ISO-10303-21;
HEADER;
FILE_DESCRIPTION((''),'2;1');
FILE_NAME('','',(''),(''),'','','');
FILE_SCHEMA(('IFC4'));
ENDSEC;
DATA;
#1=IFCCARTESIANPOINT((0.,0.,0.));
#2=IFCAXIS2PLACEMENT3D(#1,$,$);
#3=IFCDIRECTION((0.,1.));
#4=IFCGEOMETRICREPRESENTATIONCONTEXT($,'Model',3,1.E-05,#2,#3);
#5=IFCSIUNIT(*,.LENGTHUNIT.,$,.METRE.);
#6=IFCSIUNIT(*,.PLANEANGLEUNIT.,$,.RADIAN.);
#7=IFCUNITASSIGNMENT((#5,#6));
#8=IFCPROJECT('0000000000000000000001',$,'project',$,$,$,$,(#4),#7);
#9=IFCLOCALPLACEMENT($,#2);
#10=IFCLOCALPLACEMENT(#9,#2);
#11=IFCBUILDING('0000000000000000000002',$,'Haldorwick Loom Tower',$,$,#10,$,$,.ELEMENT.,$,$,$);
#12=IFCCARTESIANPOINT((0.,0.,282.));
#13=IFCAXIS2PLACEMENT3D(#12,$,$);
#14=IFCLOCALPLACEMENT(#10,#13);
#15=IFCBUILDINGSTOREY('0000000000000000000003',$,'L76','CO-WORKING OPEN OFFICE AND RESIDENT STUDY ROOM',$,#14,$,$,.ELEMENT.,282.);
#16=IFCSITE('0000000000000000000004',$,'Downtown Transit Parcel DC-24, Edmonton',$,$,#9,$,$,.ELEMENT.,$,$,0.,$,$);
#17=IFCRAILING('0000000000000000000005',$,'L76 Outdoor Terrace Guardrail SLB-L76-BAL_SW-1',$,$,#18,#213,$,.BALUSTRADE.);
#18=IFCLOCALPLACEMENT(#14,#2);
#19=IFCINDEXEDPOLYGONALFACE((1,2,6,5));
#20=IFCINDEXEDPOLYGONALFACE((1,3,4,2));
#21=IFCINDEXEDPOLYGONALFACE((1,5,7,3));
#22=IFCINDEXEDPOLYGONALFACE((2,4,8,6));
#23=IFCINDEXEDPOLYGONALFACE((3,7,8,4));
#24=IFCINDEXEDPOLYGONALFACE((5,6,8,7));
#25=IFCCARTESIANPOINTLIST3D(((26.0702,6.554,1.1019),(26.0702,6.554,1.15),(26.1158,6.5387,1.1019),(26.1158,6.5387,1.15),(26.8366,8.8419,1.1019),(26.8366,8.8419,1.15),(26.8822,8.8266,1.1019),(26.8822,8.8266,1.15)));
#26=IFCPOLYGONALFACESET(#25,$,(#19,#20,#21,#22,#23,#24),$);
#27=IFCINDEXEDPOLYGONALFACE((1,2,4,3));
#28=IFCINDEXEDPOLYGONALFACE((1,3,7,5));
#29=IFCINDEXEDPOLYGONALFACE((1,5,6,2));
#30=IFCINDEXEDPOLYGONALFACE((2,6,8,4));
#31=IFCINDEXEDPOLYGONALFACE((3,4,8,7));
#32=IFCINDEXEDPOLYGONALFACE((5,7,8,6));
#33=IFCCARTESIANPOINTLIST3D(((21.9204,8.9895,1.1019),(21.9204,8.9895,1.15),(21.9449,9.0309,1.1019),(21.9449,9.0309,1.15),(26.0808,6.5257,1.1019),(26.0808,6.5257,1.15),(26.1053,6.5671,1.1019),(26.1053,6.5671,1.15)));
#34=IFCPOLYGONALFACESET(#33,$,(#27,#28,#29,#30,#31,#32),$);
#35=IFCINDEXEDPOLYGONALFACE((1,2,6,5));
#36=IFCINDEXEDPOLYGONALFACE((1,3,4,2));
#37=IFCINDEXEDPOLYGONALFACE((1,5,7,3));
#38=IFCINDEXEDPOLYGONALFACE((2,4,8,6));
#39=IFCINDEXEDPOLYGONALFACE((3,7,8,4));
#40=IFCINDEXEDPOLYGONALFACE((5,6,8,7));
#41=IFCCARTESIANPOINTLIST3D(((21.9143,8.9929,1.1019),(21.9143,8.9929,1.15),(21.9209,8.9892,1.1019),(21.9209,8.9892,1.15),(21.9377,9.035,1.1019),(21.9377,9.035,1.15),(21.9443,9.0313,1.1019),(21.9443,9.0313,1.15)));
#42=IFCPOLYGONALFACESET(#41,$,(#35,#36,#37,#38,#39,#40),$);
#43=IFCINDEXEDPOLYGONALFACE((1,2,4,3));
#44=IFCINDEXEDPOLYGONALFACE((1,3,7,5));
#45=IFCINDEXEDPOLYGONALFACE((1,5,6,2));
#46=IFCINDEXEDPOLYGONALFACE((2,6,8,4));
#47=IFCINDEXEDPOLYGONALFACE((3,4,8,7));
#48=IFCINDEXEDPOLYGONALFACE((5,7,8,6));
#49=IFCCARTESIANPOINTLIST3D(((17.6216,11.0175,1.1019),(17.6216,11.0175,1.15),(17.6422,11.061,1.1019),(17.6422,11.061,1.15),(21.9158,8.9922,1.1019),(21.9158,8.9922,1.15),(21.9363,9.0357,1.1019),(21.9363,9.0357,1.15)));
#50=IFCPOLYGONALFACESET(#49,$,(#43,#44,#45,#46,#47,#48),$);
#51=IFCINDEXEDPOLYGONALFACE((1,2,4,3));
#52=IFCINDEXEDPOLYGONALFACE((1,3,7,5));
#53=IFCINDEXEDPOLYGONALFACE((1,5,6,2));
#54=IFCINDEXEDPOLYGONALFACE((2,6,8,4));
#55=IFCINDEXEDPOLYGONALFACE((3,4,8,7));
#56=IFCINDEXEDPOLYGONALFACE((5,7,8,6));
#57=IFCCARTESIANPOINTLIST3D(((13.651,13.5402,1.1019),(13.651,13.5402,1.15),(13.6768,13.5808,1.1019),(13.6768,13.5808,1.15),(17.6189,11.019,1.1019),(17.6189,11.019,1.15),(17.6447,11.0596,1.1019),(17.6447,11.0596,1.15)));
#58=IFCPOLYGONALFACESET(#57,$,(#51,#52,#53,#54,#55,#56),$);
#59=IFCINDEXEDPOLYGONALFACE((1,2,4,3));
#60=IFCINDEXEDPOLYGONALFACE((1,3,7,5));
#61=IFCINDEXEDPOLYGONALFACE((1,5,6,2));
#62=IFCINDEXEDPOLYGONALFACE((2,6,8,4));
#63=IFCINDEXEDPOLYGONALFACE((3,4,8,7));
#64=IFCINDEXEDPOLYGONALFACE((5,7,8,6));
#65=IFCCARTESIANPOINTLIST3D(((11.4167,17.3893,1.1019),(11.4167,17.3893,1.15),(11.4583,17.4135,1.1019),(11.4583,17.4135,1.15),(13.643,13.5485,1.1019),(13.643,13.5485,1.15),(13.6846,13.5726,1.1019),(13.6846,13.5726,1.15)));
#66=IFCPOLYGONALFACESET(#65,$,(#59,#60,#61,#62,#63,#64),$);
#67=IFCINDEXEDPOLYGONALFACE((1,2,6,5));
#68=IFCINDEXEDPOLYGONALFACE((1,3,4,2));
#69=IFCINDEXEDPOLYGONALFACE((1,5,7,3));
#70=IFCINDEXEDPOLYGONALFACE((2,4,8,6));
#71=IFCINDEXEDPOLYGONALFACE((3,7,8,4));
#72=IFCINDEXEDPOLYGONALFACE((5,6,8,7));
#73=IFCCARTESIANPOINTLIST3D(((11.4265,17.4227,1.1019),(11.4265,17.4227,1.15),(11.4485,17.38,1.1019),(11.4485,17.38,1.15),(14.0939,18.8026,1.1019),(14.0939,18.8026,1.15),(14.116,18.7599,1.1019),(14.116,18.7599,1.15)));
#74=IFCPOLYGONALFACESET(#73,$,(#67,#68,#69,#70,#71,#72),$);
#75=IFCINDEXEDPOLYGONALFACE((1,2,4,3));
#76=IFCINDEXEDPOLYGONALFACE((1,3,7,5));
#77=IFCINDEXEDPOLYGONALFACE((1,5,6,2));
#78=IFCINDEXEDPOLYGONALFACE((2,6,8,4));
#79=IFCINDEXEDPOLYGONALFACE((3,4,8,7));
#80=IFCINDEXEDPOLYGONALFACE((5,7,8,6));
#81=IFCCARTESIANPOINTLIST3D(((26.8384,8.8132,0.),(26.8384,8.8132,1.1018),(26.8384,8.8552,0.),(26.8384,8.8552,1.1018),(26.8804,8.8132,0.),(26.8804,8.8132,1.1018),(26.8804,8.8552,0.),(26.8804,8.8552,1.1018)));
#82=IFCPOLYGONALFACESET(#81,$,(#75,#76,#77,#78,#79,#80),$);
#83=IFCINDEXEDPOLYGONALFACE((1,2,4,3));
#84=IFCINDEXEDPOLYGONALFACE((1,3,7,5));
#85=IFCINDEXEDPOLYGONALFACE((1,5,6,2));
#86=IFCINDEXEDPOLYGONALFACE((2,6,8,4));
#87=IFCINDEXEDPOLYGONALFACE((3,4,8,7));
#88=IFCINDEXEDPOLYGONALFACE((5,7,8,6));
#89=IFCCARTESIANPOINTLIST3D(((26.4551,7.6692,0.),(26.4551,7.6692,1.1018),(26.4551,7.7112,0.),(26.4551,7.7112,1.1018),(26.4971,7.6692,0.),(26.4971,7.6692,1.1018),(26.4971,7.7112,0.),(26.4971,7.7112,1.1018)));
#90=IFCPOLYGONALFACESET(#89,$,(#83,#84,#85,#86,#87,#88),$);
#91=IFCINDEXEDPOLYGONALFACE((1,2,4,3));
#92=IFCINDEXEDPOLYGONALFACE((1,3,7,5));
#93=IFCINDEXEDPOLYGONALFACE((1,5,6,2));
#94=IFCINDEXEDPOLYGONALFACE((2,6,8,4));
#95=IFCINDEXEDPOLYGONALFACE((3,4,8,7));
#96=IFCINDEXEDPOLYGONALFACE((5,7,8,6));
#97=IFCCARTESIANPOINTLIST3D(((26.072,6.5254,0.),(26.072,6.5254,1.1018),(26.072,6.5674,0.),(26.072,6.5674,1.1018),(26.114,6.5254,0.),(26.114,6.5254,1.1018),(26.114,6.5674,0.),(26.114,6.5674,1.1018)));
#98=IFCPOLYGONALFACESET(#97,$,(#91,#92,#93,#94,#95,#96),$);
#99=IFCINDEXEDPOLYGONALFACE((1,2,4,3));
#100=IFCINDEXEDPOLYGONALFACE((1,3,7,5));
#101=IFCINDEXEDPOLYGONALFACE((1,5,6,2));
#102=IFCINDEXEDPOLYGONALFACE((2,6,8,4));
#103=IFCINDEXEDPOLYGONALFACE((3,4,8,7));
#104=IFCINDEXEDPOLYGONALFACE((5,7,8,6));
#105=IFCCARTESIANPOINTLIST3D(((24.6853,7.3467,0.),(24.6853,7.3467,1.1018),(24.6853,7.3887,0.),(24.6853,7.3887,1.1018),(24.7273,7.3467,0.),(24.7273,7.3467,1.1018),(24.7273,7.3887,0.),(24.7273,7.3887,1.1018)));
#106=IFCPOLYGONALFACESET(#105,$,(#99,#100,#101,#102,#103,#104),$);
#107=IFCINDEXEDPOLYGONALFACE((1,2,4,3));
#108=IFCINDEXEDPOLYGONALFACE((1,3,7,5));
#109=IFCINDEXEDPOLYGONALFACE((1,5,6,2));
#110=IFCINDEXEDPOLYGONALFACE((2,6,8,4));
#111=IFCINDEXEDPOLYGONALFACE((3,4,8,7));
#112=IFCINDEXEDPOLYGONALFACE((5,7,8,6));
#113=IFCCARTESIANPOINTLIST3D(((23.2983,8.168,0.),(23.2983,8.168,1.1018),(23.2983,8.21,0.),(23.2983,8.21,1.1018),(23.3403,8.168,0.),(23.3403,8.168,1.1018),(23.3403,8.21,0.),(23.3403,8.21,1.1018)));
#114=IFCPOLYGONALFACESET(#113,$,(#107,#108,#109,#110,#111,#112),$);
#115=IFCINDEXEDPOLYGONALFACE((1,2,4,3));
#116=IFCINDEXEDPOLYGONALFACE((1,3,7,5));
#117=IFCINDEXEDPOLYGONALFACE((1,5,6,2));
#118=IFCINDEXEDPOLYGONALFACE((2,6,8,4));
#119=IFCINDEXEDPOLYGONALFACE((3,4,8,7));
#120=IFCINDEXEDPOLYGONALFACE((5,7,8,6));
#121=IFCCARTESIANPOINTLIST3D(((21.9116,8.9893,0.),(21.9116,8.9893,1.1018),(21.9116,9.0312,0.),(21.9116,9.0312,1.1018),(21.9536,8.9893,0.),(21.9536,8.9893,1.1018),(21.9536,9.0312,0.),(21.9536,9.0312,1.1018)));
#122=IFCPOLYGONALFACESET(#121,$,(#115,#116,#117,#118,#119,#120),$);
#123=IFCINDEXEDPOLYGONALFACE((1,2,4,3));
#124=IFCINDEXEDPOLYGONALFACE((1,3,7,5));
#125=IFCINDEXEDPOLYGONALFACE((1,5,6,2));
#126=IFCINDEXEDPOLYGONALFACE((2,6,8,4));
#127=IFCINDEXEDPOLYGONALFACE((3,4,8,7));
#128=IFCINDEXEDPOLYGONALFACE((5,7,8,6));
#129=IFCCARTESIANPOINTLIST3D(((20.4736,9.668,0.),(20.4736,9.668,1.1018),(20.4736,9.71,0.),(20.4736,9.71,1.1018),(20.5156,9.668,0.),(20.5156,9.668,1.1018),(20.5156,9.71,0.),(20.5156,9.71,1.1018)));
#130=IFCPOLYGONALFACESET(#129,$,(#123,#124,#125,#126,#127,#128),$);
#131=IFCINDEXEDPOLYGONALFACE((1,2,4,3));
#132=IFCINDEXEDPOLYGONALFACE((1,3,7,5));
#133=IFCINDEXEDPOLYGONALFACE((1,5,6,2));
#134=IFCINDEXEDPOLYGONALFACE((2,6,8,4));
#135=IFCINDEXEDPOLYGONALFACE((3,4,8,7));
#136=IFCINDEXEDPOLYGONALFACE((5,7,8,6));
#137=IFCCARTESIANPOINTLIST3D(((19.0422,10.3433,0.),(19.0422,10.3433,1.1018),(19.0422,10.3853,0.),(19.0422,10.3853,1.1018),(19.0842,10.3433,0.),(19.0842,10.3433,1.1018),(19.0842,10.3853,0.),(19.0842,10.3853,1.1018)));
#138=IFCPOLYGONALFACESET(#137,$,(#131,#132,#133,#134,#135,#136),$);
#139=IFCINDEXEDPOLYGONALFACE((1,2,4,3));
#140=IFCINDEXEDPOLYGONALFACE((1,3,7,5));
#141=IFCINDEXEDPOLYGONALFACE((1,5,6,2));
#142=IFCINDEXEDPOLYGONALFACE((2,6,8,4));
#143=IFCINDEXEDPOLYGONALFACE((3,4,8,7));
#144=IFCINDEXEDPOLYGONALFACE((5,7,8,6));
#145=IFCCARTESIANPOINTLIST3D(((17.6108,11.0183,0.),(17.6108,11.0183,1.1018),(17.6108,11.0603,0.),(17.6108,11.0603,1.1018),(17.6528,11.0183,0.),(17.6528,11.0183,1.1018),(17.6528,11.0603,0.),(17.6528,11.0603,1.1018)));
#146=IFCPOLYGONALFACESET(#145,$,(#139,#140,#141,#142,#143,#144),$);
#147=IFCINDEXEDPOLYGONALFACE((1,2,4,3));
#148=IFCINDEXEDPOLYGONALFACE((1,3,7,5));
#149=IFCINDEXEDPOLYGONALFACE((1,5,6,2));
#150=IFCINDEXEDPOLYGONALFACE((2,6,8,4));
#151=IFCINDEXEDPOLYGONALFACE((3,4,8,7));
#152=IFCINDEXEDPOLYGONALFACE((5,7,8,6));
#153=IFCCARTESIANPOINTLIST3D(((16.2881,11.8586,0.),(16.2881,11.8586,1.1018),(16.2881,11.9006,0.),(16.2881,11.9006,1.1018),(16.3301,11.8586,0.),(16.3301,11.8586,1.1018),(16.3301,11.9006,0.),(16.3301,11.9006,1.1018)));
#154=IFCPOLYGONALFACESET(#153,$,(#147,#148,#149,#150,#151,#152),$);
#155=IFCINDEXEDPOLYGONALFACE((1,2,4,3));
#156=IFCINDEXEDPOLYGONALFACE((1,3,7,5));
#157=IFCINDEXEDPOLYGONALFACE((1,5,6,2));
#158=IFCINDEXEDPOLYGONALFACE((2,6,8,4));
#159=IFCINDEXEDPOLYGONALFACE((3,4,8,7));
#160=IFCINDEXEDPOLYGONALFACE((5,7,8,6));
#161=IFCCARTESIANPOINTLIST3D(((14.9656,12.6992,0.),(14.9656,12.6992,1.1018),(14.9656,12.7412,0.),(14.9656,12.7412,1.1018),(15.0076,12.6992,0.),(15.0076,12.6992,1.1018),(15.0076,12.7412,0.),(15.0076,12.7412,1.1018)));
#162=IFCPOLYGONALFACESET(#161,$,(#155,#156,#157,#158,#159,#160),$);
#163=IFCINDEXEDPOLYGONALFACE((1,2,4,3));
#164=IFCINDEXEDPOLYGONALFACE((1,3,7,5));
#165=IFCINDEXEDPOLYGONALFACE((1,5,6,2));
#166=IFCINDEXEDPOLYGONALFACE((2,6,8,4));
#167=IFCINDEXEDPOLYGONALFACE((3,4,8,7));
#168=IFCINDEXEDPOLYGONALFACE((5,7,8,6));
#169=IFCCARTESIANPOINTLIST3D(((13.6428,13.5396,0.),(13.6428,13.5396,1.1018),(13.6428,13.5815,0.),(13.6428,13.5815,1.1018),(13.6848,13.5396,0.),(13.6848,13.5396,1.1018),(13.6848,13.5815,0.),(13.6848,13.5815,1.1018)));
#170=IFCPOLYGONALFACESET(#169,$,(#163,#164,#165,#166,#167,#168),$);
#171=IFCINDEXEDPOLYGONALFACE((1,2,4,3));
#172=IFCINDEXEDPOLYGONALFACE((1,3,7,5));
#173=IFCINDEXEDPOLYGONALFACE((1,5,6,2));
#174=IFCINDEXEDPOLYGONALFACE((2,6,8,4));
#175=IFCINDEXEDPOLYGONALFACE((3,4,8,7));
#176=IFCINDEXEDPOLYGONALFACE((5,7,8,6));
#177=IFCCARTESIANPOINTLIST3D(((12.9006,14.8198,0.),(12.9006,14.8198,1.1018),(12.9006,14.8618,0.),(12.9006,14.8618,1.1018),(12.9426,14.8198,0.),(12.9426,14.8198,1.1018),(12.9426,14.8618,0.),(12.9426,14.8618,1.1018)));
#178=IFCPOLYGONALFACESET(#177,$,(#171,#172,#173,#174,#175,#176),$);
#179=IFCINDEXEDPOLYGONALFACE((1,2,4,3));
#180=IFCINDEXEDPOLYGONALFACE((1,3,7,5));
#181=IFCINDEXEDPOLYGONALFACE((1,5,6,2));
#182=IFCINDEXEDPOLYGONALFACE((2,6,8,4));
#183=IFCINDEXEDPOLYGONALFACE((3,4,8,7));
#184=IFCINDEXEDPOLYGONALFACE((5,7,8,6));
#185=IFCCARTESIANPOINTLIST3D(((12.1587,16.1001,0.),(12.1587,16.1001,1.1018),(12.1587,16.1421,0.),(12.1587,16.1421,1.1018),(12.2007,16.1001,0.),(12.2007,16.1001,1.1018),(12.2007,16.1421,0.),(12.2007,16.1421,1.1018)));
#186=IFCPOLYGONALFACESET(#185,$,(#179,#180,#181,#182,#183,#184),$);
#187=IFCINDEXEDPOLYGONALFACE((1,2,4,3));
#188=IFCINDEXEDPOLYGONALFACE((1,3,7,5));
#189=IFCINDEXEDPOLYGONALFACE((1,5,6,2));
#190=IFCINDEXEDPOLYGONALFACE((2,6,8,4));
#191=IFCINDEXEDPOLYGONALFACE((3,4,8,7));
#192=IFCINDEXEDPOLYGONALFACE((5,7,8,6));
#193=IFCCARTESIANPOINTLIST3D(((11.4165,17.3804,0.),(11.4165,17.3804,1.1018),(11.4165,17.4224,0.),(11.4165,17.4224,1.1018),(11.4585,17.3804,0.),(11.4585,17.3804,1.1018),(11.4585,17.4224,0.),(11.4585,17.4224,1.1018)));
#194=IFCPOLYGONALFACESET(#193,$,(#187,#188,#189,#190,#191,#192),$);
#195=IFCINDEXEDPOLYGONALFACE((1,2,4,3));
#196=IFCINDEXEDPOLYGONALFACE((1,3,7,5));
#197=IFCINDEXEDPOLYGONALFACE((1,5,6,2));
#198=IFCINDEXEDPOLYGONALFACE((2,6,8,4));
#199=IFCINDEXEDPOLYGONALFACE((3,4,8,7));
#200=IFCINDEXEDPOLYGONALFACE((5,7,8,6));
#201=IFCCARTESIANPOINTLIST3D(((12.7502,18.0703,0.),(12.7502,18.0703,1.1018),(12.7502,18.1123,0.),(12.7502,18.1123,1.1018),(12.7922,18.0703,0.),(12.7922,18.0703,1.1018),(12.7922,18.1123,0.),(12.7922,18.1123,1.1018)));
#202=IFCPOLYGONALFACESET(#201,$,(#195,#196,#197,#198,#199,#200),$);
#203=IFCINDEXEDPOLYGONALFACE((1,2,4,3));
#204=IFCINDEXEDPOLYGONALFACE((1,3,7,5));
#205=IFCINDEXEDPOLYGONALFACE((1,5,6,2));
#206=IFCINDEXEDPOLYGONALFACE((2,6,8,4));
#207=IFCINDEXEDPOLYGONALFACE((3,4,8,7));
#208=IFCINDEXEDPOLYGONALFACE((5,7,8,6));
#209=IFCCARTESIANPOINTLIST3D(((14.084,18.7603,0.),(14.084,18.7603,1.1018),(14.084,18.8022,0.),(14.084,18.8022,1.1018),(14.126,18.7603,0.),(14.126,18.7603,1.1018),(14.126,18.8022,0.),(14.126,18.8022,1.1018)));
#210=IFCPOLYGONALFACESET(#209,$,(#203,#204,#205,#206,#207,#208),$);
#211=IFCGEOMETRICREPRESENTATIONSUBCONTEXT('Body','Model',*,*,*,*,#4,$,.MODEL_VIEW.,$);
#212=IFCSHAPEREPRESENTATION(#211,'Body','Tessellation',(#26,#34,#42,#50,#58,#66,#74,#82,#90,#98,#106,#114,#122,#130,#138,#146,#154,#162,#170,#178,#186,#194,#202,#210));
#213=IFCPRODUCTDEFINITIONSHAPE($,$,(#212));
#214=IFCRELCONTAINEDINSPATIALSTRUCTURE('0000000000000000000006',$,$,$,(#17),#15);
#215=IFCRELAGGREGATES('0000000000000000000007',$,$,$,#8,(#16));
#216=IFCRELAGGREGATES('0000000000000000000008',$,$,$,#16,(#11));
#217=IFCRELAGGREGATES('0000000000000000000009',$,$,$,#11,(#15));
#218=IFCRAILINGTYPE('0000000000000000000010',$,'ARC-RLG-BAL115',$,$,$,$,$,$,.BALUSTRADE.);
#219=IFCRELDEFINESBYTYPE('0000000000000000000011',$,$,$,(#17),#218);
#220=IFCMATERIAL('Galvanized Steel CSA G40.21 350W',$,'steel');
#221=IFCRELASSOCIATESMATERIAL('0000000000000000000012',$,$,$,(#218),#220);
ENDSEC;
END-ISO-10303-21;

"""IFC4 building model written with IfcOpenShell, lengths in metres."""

from ifc_helpers import new_model, si_unit, direction, frame, origin, origin_2d, place, context, subcontext, project, spatial, rectangle, extrude, material, type_object, element, save


model = new_model("IFC4")

# Units and contexts
model_context = context("Model", 3, precision=1e-05, world=origin(), true_north=direction((0.0, 1.0)))
body_context = subcontext(model_context, "Body", "Model", "MODEL_VIEW")
ifc_project = project(units=[si_unit("LENGTHUNIT", "METRE"), si_unit("PLANEANGLEUNIT", "RADIAN")], contexts=[model_context])

# Site, building, storey
site_placement = place(None, origin())
site = spatial("IfcSite", under=ifc_project, at=site_placement, Name="Downtown Transit Parcel DC-24, Edmonton", CompositionType="ELEMENT", RefElevation=0.0)
building_placement = place(site_placement, origin())
building = spatial("IfcBuilding", under=site, at=building_placement, Name="Haldorwick Loom Tower", CompositionType="ELEMENT")
storey_placement = place(building_placement, frame((0.0, 0.0, 282.0)))
storey = spatial("IfcBuildingStorey", under=building, at=storey_placement, Name="L76", Description="CO-WORKING OPEN OFFICE AND RESIDENT STUDY ROOM", CompositionType="ELEMENT", Elevation=282.0)

# Railing
ifc_material_1 = material(Name="Galvanized Steel CSA G40.21 350W", Category="steel")
railing_type = type_object("IfcRailingType", Name="ARC-RLG-BAL115", PredefinedType="BALUSTRADE", material=ifc_material_1)
railing_placement = place(storey_placement, frame((26.8594, 8.8342, 0.0)))
element("IfcRailing", 1, at=railing_placement, inside=storey, type_object=railing_type, Name="L76 Outdoor Terrace Guardrail SLB-L76-BAL_SW-1", PredefinedType="BALUSTRADE", context=body_context, shape_type="SweptSolid", body=[
    extrude(rectangle(XDim=0.0481, YDim=0.0481, at=origin_2d()), frame((0.0, 0.0, 1.126), z_axis=(-0.317624, -0.948217, 0.0), x_axis=(0.948217, -0.317624, 0.0)), (0.0, 0.0, 1.0), 2.4128),
    extrude(rectangle(XDim=0.0481, YDim=0.0481, at=origin_2d()), frame((-0.7664, -2.2878, 1.126), z_axis=(-0.860433, 0.509564, 0.0), x_axis=(-0.509564, -0.860433, 0.0)), (0.0, 0.0, 1.0), 4.8352),
    extrude(rectangle(XDim=0.0481, YDim=0.0481, at=origin_2d()), frame((-4.9268, 0.176, 1.126), z_axis=(-0.874157, 0.485643, 0.0), x_axis=(-0.485643, -0.874157, 0.0)), (0.0, 0.0, 1.0), 0.0076),
    extrude(rectangle(XDim=0.0481, YDim=0.0481, at=origin_2d()), frame((-4.9333, 0.1797, 1.126), z_axis=(-0.904445, 0.426589, 0.0), x_axis=(-0.426589, -0.904445, 0.0)), (0.0, 0.0, 1.0), 4.7478),
    extrude(rectangle(XDim=0.0481, YDim=0.0481, at=origin_2d()), frame((-9.2275, 2.2051, 1.126), z_axis=(-0.844033, 0.536291, 0.0), x_axis=(-0.536291, -0.844033, 0.0)), (0.0, 0.0, 1.0), 4.7012),
    extrude(rectangle(XDim=0.0481, YDim=0.0481, at=origin_2d()), frame((-13.1956, 4.7263, 1.126), z_axis=(-0.501489, 0.865164, 0.0), x_axis=(-0.865164, -0.501489, 0.0)), (0.0, 0.0, 1.0), 4.4395),
    extrude(rectangle(XDim=0.0481, YDim=0.0481, at=origin_2d()), frame((-15.4219, 8.5671, 1.126), z_axis=(0.888197, 0.459463, 0.0), x_axis=(-0.459463, 0.888197, 0.0)), (0.0, 0.0, 1.0), 3.0032),
    extrude(rectangle(XDim=0.042, YDim=0.042, at=origin_2d()), origin(), (0.0, 0.0, 1.0), 1.1018),
    extrude(rectangle(XDim=0.042, YDim=0.042, at=origin_2d()), frame((-0.3833, -1.144, 0.0)), (0.0, 0.0, 1.0), 1.1018),
    extrude(rectangle(XDim=0.042, YDim=0.042, at=origin_2d()), frame((-0.7664, -2.2878, 0.0)), (0.0, 0.0, 1.0), 1.1018),
    extrude(rectangle(XDim=0.042, YDim=0.042, at=origin_2d()), frame((-2.1531, -1.4666, 0.0)), (0.0, 0.0, 1.0), 1.1018),
    extrude(rectangle(XDim=0.042, YDim=0.042, at=origin_2d()), frame((-3.54, -0.6453, 0.0)), (0.0, 0.0, 1.0), 1.1018),
    extrude(rectangle(XDim=0.042, YDim=0.042, at=origin_2d()), frame((-4.9268, 0.176, 0.0)), (0.0, 0.0, 1.0), 1.1018),
    extrude(rectangle(XDim=0.042, YDim=0.042, at=origin_2d()), frame((-6.3647, 0.8547, 0.0)), (0.0, 0.0, 1.0), 1.1018),
    extrude(rectangle(XDim=0.042, YDim=0.042, at=origin_2d()), frame((-7.7961, 1.53, 0.0)), (0.0, 0.0, 1.0), 1.1018),
    extrude(rectangle(XDim=0.042, YDim=0.042, at=origin_2d()), frame((-9.2275, 2.2051, 0.0)), (0.0, 0.0, 1.0), 1.1018),
    extrude(rectangle(XDim=0.042, YDim=0.042, at=origin_2d()), frame((-10.5503, 3.0454, 0.0)), (0.0, 0.0, 1.0), 1.1018),
    extrude(rectangle(XDim=0.042, YDim=0.042, at=origin_2d()), frame((-11.8728, 3.886, 0.0)), (0.0, 0.0, 1.0), 1.1018),
    extrude(rectangle(XDim=0.042, YDim=0.042, at=origin_2d()), frame((-13.1956, 4.7263, 0.0)), (0.0, 0.0, 1.0), 1.1018),
    extrude(rectangle(XDim=0.042, YDim=0.042, at=origin_2d()), frame((-13.9377, 6.0066, 0.0)), (0.0, 0.0, 1.0), 1.1018),
    extrude(rectangle(XDim=0.042, YDim=0.042, at=origin_2d()), frame((-14.6797, 7.2869, 0.0)), (0.0, 0.0, 1.0), 1.1018),
    extrude(rectangle(XDim=0.042, YDim=0.042, at=origin_2d()), frame((-15.4219, 8.5671, 0.0)), (0.0, 0.0, 1.0), 1.1018),
    extrude(rectangle(XDim=0.042, YDim=0.042, at=origin_2d()), frame((-14.0881, 9.2571, 0.0)), (0.0, 0.0, 1.0), 1.1018),
    extrude(rectangle(XDim=0.042, YDim=0.042, at=origin_2d()), frame((-12.7544, 9.947, 0.0)), (0.0, 0.0, 1.0), 1.1018),
])

save(model, "model.ifc")
